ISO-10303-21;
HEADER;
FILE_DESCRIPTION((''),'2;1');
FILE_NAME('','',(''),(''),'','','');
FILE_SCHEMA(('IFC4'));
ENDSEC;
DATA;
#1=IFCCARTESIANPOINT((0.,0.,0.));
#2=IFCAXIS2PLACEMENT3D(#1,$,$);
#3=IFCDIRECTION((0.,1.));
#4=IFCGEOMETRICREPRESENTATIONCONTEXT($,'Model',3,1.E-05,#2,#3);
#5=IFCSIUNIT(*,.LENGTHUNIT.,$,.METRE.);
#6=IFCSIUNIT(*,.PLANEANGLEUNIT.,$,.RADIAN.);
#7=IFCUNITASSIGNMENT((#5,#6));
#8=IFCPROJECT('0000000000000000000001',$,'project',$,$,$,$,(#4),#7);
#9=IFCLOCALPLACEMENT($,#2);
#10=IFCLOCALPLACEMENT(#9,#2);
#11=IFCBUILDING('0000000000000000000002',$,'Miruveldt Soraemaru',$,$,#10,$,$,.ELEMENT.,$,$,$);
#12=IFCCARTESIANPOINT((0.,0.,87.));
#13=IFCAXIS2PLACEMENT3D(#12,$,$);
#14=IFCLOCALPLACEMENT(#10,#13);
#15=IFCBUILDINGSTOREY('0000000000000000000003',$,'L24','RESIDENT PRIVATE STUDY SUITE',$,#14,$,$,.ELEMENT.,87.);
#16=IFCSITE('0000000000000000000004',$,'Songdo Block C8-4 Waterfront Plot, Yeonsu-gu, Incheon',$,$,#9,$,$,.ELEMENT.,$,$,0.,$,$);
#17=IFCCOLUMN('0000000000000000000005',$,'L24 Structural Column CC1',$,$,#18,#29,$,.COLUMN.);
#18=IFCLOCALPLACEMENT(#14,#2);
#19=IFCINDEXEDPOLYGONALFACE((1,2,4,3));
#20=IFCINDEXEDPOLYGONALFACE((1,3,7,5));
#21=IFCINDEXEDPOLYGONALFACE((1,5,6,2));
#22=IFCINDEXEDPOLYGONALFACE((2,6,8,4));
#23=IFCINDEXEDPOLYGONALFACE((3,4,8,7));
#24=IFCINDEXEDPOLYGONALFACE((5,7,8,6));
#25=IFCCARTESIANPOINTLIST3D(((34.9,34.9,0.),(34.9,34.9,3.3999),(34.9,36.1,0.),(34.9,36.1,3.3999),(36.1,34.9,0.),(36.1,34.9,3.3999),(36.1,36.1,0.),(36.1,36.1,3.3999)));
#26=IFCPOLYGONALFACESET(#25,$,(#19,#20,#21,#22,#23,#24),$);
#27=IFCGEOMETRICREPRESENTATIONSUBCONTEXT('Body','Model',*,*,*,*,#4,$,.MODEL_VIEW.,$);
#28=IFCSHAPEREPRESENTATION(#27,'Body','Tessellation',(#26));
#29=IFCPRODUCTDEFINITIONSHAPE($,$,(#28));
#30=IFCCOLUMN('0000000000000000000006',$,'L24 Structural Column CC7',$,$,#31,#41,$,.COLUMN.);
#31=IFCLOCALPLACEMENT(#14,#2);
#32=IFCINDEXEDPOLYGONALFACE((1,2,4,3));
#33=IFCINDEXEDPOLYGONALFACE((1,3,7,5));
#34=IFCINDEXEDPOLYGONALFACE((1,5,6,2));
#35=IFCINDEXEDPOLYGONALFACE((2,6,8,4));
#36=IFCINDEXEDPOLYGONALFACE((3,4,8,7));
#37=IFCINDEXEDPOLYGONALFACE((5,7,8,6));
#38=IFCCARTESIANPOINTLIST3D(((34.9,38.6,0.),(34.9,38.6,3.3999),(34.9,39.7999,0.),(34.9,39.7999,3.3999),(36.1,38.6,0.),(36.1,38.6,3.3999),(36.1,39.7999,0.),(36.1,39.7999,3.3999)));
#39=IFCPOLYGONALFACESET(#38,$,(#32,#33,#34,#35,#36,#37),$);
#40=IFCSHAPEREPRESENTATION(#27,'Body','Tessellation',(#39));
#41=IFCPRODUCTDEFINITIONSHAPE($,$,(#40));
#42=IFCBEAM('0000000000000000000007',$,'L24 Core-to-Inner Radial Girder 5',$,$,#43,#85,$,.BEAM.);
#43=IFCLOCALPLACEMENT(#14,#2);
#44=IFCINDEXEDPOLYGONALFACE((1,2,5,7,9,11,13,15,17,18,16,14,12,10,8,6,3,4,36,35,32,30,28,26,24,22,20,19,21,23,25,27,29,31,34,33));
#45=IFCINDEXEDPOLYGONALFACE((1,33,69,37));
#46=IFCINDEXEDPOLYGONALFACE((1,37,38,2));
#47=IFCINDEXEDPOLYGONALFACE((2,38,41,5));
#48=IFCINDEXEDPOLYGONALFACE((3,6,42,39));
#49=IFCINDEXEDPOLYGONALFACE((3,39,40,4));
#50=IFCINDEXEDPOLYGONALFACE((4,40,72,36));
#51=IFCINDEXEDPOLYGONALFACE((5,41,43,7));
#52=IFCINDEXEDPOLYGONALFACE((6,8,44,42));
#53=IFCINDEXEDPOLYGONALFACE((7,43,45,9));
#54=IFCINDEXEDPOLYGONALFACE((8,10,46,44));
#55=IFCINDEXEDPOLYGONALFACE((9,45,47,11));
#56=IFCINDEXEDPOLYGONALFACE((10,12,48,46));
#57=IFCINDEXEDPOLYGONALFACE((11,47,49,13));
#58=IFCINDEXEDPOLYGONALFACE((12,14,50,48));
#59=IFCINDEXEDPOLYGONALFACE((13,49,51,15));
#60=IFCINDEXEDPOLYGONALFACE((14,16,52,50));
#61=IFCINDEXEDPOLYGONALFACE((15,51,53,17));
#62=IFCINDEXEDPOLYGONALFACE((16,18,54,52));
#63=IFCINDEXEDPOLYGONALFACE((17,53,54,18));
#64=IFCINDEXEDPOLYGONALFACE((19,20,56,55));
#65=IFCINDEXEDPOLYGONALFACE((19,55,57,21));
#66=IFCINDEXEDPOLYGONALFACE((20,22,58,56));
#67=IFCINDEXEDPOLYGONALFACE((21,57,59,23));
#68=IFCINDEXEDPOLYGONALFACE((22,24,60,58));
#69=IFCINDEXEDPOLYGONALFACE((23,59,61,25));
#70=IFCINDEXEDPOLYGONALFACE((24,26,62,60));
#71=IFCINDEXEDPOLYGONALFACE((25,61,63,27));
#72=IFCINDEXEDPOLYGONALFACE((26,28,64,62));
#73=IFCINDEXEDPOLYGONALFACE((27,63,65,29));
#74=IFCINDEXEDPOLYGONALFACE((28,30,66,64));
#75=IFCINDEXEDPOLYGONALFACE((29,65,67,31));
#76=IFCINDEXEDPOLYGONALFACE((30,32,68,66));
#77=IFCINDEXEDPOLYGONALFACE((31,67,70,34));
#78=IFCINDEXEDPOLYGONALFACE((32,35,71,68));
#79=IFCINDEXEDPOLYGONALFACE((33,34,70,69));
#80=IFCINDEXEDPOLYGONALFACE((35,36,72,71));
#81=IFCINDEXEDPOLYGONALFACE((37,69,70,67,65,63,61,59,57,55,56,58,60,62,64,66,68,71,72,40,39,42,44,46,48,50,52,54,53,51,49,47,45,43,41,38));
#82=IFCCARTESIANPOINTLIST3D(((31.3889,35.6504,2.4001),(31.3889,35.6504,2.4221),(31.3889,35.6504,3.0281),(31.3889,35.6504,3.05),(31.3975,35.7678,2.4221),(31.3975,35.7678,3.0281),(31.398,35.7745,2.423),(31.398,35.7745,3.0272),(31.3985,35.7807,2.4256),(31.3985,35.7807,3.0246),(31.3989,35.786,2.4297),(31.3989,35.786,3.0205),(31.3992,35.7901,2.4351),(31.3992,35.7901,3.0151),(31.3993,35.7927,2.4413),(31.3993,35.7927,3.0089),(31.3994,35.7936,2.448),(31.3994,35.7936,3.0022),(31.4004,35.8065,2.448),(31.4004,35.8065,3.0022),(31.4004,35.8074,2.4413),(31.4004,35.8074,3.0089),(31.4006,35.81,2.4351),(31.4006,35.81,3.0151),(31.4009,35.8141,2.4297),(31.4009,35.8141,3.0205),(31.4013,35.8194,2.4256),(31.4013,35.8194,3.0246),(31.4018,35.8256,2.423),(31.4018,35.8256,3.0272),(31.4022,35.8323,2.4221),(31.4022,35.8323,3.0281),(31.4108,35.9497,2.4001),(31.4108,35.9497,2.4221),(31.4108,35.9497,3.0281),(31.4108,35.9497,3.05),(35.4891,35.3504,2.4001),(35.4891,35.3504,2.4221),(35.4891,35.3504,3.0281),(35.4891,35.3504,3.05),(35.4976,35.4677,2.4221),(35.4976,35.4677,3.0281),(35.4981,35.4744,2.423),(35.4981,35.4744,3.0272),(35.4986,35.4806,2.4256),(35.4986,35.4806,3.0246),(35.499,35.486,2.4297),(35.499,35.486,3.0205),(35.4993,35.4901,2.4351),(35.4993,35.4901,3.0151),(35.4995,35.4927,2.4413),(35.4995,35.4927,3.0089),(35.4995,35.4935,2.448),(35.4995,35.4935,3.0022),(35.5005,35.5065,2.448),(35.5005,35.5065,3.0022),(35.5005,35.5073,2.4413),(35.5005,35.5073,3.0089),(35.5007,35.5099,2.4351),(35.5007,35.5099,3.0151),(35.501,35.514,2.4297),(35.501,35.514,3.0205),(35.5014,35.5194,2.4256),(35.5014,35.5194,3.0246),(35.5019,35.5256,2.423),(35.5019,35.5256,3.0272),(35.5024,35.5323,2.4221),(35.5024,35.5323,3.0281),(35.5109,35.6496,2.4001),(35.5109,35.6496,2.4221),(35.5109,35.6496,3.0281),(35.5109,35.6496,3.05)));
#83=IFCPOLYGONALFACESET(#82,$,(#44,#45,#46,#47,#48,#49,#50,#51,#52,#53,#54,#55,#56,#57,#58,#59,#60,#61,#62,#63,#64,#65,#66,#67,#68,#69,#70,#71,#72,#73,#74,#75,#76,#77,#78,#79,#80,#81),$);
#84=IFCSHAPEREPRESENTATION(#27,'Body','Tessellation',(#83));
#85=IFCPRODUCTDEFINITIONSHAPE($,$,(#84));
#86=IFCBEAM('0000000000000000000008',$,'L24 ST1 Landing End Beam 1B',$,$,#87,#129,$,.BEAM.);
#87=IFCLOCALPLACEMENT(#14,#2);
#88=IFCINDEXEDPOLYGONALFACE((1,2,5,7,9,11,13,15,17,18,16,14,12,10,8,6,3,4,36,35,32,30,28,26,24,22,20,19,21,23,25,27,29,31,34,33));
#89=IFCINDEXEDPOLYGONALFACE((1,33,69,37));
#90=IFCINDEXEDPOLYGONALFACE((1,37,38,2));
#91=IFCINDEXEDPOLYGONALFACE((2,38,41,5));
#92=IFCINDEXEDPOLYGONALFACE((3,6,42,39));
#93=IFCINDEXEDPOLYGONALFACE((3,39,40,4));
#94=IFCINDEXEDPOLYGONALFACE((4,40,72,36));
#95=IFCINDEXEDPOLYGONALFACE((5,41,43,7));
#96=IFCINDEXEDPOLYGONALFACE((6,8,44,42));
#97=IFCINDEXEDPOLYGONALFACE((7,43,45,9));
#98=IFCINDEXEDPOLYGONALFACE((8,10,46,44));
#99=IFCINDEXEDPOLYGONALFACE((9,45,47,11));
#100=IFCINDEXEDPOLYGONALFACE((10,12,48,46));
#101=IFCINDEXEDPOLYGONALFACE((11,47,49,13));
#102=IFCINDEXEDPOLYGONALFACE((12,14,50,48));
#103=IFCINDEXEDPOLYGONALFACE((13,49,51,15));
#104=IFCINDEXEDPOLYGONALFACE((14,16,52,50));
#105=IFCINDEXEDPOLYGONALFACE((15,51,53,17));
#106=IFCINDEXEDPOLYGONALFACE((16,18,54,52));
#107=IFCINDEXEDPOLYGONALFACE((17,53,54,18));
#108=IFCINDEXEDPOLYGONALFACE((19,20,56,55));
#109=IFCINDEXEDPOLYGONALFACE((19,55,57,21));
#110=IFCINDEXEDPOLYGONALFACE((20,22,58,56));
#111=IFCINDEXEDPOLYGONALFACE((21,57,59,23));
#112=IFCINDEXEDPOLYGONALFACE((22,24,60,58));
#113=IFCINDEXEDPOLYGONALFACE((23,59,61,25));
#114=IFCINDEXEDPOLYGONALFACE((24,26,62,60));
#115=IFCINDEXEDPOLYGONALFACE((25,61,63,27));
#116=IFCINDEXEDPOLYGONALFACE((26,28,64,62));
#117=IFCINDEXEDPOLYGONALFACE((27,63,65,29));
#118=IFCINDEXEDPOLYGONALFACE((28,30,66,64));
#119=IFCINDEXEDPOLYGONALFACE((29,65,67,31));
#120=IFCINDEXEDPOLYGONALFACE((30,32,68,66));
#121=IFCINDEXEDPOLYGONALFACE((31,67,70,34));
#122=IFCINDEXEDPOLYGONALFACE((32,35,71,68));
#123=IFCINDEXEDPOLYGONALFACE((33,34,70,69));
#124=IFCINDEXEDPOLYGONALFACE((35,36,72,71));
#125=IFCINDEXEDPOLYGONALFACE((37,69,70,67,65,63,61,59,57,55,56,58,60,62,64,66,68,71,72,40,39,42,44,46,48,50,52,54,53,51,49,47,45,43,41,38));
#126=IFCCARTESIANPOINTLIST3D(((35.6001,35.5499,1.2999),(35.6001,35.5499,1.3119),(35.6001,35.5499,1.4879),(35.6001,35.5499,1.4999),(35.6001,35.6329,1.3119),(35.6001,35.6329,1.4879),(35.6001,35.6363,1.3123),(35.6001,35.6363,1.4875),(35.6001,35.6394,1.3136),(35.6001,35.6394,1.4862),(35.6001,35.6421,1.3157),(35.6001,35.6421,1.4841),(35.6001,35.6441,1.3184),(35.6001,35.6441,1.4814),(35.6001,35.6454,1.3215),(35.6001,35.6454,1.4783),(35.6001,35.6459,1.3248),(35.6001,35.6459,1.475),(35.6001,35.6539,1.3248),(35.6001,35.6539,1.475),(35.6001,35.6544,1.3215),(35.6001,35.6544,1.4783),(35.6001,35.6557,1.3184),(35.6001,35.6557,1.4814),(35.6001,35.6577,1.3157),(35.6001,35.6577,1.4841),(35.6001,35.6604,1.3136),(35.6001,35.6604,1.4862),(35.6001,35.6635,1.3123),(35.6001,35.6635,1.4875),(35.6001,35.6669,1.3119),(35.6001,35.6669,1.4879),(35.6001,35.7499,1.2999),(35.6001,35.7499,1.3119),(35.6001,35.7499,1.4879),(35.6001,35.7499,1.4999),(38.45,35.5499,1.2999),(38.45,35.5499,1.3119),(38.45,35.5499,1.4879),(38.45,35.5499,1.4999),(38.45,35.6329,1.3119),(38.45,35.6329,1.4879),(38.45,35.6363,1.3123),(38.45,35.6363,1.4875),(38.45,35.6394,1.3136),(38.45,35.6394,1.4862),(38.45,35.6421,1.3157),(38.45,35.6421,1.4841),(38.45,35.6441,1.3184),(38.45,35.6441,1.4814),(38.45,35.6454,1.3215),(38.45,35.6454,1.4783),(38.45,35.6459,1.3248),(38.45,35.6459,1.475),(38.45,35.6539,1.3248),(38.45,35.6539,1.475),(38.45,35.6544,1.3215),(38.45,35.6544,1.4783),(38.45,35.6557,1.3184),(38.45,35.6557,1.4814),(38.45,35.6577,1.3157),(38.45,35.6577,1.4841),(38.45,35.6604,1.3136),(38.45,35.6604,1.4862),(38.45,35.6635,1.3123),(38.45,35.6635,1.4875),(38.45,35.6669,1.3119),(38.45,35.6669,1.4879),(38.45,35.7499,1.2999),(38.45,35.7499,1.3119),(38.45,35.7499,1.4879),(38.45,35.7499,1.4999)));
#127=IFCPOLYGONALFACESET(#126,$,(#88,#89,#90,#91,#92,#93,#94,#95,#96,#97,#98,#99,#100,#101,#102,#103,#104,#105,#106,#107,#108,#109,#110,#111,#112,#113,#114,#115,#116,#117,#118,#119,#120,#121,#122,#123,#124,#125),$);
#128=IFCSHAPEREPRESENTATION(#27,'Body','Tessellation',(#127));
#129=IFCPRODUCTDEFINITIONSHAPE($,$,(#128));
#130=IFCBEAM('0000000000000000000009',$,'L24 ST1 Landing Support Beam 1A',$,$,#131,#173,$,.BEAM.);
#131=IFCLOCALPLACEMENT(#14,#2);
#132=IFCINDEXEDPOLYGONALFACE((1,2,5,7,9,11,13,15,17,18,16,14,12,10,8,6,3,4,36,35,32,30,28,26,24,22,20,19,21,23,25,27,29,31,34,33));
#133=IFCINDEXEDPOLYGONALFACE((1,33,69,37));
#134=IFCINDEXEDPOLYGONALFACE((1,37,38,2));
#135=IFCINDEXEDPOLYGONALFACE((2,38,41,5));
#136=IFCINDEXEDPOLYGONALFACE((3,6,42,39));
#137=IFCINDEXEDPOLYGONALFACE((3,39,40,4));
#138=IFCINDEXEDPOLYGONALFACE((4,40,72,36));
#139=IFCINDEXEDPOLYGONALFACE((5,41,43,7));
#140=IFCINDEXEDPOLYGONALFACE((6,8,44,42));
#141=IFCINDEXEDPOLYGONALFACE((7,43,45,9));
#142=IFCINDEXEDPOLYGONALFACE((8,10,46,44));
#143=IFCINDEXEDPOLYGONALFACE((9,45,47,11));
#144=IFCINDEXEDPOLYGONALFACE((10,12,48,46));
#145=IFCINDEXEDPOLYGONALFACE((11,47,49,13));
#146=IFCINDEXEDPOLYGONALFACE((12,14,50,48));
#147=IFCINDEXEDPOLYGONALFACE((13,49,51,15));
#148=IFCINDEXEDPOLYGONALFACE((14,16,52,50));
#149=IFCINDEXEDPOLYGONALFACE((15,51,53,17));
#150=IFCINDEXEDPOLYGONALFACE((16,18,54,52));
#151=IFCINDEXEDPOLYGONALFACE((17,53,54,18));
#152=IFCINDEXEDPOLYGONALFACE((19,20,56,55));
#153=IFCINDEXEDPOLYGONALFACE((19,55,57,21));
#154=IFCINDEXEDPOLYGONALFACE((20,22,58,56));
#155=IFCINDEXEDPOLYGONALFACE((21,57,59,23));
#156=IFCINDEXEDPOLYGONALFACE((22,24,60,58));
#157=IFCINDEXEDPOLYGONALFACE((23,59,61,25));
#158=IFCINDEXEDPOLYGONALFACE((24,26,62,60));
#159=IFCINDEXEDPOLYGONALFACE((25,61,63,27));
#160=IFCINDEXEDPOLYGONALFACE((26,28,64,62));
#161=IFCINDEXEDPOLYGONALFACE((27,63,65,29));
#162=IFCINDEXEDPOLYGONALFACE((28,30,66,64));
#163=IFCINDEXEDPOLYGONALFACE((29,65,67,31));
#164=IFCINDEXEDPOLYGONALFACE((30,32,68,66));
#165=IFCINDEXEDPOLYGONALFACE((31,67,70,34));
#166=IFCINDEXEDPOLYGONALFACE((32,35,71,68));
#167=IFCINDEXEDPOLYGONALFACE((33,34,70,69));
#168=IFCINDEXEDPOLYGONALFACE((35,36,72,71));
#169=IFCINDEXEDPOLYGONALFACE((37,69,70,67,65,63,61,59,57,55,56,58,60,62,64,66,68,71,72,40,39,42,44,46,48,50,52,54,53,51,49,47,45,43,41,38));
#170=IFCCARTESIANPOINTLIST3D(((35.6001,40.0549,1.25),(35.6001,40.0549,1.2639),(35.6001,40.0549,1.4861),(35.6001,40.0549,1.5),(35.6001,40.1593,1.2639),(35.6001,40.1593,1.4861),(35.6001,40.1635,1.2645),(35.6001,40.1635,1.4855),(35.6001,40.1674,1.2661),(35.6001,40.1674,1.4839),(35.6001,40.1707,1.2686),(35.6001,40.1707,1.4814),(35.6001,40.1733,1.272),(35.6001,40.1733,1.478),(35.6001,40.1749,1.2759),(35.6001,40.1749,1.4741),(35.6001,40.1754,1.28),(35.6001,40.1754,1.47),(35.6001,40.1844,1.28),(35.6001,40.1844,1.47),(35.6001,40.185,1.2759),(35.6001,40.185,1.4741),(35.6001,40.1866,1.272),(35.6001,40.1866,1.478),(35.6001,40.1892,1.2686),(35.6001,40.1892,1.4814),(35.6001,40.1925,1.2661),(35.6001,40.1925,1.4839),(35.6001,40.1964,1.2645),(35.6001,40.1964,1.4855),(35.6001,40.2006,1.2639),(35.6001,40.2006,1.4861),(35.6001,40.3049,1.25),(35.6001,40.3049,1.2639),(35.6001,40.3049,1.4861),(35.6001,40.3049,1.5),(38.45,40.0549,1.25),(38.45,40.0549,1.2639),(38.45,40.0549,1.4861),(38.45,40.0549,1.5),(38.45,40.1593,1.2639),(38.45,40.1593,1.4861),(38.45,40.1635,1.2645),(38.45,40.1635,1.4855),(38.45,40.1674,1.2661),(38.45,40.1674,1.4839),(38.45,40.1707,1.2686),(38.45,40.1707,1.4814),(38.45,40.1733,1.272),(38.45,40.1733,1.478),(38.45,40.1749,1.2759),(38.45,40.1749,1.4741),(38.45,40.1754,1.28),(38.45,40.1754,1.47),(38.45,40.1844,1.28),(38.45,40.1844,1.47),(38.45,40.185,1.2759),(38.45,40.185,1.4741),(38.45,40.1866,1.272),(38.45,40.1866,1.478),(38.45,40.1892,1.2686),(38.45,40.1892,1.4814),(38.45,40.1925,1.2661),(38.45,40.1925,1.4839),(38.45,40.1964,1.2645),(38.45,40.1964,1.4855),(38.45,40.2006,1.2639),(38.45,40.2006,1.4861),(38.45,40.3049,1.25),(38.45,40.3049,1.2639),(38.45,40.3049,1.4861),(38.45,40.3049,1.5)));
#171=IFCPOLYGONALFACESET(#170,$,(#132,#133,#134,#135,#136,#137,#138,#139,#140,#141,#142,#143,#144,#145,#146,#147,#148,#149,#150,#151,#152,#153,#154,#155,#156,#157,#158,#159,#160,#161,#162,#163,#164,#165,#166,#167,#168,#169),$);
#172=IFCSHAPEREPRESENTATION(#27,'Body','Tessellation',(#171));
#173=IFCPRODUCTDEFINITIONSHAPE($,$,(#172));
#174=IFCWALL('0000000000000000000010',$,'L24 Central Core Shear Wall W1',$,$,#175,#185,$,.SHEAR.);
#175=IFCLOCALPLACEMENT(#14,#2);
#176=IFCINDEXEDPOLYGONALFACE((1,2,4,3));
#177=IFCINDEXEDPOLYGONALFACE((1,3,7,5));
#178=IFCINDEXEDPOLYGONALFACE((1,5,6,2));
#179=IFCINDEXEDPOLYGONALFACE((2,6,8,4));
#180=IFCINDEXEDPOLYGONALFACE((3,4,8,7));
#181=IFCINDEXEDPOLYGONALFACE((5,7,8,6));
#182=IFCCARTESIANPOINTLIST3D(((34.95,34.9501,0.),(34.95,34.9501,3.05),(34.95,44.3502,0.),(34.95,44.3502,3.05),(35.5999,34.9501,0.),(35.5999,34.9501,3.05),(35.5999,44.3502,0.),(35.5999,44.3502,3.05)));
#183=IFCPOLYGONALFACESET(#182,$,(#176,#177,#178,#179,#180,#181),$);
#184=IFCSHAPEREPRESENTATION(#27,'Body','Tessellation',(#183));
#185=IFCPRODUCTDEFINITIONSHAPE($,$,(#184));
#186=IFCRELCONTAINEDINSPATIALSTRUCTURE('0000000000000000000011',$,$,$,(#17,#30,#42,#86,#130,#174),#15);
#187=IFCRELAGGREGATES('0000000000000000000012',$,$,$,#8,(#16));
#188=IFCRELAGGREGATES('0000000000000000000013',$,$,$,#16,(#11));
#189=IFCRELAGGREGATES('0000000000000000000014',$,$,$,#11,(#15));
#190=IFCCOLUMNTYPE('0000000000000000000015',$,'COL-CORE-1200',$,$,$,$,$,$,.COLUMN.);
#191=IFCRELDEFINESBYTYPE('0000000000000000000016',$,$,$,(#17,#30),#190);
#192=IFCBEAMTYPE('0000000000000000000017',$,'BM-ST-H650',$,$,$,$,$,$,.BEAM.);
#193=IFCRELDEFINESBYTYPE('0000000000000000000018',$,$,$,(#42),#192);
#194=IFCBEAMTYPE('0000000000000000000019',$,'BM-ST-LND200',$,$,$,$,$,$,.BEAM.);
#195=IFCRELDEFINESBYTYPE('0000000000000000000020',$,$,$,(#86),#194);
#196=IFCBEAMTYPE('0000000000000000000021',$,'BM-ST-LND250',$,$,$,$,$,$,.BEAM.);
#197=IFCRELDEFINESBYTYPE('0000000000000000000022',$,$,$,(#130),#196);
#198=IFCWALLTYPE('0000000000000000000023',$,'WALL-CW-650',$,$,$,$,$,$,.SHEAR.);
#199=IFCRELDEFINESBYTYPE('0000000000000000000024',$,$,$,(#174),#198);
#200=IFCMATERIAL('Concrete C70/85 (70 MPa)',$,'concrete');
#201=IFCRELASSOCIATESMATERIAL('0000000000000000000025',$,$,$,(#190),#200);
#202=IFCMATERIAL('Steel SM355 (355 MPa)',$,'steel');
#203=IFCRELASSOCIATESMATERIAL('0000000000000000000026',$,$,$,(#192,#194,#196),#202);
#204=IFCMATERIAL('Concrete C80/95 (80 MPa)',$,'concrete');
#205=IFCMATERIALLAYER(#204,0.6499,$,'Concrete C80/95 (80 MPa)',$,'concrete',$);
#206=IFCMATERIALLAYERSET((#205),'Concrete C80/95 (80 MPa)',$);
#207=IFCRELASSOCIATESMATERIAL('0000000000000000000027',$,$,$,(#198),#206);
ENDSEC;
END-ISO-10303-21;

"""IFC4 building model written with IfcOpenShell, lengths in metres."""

from ifc_helpers import new_model, si_unit, direction, frame, frame_2d, origin, origin_2d, place, context, subcontext, project, spatial, rectangle, i_section, extrude, material, layer, layer_set, material_profile, profile_set, type_object, element, save


model = new_model("IFC4")

# Units and contexts
model_context = context("Model", 3, precision=1e-05, world=origin(), true_north=direction((0.0, 1.0)))
body_context = subcontext(model_context, "Body", "Model", "MODEL_VIEW")
ifc_project = project(units=[si_unit("LENGTHUNIT", "METRE"), si_unit("PLANEANGLEUNIT", "RADIAN")], contexts=[model_context])

# Site, building, storey
site_placement = place(None, origin())
site = spatial("IfcSite", under=ifc_project, at=site_placement, Name="Songdo Block C8-4 Waterfront Plot, Yeonsu-gu, Incheon", CompositionType="ELEMENT", RefElevation=0.0)
building_placement = place(site_placement, origin())
building = spatial("IfcBuilding", under=site, at=building_placement, Name="Miruveldt Soraemaru", CompositionType="ELEMENT")
storey_placement = place(building_placement, frame((0.0, 0.0, 87.0)))
storey = spatial("IfcBuildingStorey", under=building, at=storey_placement, Name="L24", Description="RESIDENT PRIVATE STUDY SUITE", CompositionType="ELEMENT", Elevation=87.0)

# Columns
ifc_material_1 = material(Name="Concrete C70/85 (70 MPa)", Category="concrete")
ifc_material_profile_1 = material_profile(ifc_material_1, rectangle(XDim=1.2, YDim=1.2, at=origin_2d()), Name="Concrete C70/85 (70 MPa)", Category="concrete")
ifc_profile_set_1 = profile_set([ifc_material_profile_1], Name="Concrete C70/85 (70 MPa)")
column_type = type_object("IfcColumnType", Name="COL-CORE-1200", PredefinedType="COLUMN", material=ifc_profile_set_1)
for number, where, z_axis, x_axis, name in (
    (1, (35.5, 35.5, 0.0), (0.0, 0.0, 1.0), (1.0, 0.0, 0.0), "L24 Structural Column CC1"),
    (2, (35.5, 39.2, 0.0), (0.0, 0.0, 1.0), (1.0, 0.0, 0.0), "L24 Structural Column CC7"),
):
    element("IfcColumn", number, at=place(storey_placement, frame(where, z_axis=z_axis, x_axis=x_axis)), inside=storey, type_object=column_type, Name=name, PredefinedType="COLUMN", context=body_context, shape_type="SweptSolid", body=[
        extrude(rectangle(XDim=1.2, YDim=1.2, at=origin_2d()), origin(), (0.0, 0.0, 1.0), 3.3999),
    ])

# Beams
ifc_material_2 = material(Name="Steel SM355 (355 MPa)", Category="steel")
ifc_material_profile_2 = material_profile(ifc_material_2, i_section(OverallWidth=0.3, OverallDepth=0.6499, WebThickness=0.0129, FlangeThickness=0.022, FilletRadius=0.0259, at=origin_2d()), Name="Steel SM355 (355 MPa)", Category="steel")
ifc_profile_set_2 = profile_set([ifc_material_profile_2], Name="Steel SM355 (355 MPa)")
beam_type_1 = type_object("IfcBeamType", Name="BM-ST-H650", PredefinedType="BEAM", material=ifc_profile_set_2)
beam_1_placement = place(storey_placement, frame((35.5, 35.5, 2.7251), z_axis=(-0.997333, 0.072986, 0.0), x_axis=(-0.072986, -0.997333, 0.0)))
element("IfcBeam", 3, at=beam_1_placement, inside=storey, type_object=beam_type_1, Name="L24 Core-to-Inner Radial Girder 5", PredefinedType="BEAM", context=body_context, shape_type="SweptSolid", body=[
    extrude(i_section(OverallWidth=0.3, OverallDepth=0.6499, WebThickness=0.0129, FlangeThickness=0.022, FilletRadius=0.0259, at=origin_2d()), origin(), (0.0, 0.0, 1.0), 4.1111),
])
ifc_material_profile_3 = material_profile(ifc_material_2, i_section(OverallWidth=0.2, OverallDepth=0.2, WebThickness=0.0081, FlangeThickness=0.012, FilletRadius=0.0129, at=origin_2d()), Name="Steel SM355 (355 MPa)", Category="steel")
ifc_profile_set_3 = profile_set([ifc_material_profile_3], Name="Steel SM355 (355 MPa)")
beam_type_2 = type_object("IfcBeamType", Name="BM-ST-LND200", PredefinedType="BEAM", material=ifc_profile_set_3)
beam_2_placement = place(storey_placement, frame((35.6001, 35.6499, 1.3999), z_axis=(1.0, 0.0, 0.0), x_axis=(0.0, 1.0, 0.0)))
element("IfcBeam", 4, at=beam_2_placement, inside=storey, type_object=beam_type_2, Name="L24 ST1 Landing End Beam 1B", PredefinedType="BEAM", context=body_context, shape_type="SweptSolid", body=[
    extrude(i_section(OverallWidth=0.2, OverallDepth=0.2, WebThickness=0.0081, FlangeThickness=0.012, FilletRadius=0.0129, at=origin_2d()), origin(), (0.0, 0.0, 1.0), 2.8499),
])
ifc_material_profile_4 = material_profile(ifc_material_2, i_section(OverallWidth=0.25, OverallDepth=0.25, WebThickness=0.009, FlangeThickness=0.0139, FilletRadius=0.0161, at=origin_2d()), Name="Steel SM355 (355 MPa)", Category="steel")
ifc_profile_set_4 = profile_set([ifc_material_profile_4], Name="Steel SM355 (355 MPa)")
beam_type_3 = type_object("IfcBeamType", Name="BM-ST-LND250", PredefinedType="BEAM", material=ifc_profile_set_4)
beam_3_placement = place(storey_placement, frame((35.6001, 40.1799, 1.375), z_axis=(1.0, 0.0, 0.0), x_axis=(0.0, 1.0, 0.0)))
element("IfcBeam", 5, at=beam_3_placement, inside=storey, type_object=beam_type_3, Name="L24 ST1 Landing Support Beam 1A", PredefinedType="BEAM", context=body_context, shape_type="SweptSolid", body=[
    extrude(i_section(OverallWidth=0.25, OverallDepth=0.25, WebThickness=0.009, FlangeThickness=0.0139, FilletRadius=0.0161, at=origin_2d()), origin(), (0.0, 0.0, 1.0), 2.8499),
])

# Wall
ifc_material_3 = material(Name="Concrete C80/95 (80 MPa)", Category="concrete")
ifc_layer_1 = layer(ifc_material_3, 0.6499, Name="Concrete C80/95 (80 MPa)", Category="concrete")
ifc_layer_set_1 = layer_set([ifc_layer_1], Name="Concrete C80/95 (80 MPa)")
wall_type_1 = type_object("IfcWallType", Name="WALL-CW-650", PredefinedType="SHEAR", material=ifc_layer_set_1)
wall_1_placement = place(storey_placement, frame((35.2749, 34.95, 0.0), z_axis=(0.0, 0.0, 1.0), x_axis=(0.0, 1.0, 0.0)))
element("IfcWall", 6, at=wall_1_placement, inside=storey, type_object=wall_type_1, Name="L24 Central Core Shear Wall W1", PredefinedType="SHEAR", context=body_context, shape_type="SweptSolid", body=[
    extrude(rectangle(XDim=9.4001, YDim=0.6499, at=frame_2d((4.7002, 0.0))), origin(), (0.0, 0.0, 1.0), 3.05),
])

save(model, "model.ifc")
